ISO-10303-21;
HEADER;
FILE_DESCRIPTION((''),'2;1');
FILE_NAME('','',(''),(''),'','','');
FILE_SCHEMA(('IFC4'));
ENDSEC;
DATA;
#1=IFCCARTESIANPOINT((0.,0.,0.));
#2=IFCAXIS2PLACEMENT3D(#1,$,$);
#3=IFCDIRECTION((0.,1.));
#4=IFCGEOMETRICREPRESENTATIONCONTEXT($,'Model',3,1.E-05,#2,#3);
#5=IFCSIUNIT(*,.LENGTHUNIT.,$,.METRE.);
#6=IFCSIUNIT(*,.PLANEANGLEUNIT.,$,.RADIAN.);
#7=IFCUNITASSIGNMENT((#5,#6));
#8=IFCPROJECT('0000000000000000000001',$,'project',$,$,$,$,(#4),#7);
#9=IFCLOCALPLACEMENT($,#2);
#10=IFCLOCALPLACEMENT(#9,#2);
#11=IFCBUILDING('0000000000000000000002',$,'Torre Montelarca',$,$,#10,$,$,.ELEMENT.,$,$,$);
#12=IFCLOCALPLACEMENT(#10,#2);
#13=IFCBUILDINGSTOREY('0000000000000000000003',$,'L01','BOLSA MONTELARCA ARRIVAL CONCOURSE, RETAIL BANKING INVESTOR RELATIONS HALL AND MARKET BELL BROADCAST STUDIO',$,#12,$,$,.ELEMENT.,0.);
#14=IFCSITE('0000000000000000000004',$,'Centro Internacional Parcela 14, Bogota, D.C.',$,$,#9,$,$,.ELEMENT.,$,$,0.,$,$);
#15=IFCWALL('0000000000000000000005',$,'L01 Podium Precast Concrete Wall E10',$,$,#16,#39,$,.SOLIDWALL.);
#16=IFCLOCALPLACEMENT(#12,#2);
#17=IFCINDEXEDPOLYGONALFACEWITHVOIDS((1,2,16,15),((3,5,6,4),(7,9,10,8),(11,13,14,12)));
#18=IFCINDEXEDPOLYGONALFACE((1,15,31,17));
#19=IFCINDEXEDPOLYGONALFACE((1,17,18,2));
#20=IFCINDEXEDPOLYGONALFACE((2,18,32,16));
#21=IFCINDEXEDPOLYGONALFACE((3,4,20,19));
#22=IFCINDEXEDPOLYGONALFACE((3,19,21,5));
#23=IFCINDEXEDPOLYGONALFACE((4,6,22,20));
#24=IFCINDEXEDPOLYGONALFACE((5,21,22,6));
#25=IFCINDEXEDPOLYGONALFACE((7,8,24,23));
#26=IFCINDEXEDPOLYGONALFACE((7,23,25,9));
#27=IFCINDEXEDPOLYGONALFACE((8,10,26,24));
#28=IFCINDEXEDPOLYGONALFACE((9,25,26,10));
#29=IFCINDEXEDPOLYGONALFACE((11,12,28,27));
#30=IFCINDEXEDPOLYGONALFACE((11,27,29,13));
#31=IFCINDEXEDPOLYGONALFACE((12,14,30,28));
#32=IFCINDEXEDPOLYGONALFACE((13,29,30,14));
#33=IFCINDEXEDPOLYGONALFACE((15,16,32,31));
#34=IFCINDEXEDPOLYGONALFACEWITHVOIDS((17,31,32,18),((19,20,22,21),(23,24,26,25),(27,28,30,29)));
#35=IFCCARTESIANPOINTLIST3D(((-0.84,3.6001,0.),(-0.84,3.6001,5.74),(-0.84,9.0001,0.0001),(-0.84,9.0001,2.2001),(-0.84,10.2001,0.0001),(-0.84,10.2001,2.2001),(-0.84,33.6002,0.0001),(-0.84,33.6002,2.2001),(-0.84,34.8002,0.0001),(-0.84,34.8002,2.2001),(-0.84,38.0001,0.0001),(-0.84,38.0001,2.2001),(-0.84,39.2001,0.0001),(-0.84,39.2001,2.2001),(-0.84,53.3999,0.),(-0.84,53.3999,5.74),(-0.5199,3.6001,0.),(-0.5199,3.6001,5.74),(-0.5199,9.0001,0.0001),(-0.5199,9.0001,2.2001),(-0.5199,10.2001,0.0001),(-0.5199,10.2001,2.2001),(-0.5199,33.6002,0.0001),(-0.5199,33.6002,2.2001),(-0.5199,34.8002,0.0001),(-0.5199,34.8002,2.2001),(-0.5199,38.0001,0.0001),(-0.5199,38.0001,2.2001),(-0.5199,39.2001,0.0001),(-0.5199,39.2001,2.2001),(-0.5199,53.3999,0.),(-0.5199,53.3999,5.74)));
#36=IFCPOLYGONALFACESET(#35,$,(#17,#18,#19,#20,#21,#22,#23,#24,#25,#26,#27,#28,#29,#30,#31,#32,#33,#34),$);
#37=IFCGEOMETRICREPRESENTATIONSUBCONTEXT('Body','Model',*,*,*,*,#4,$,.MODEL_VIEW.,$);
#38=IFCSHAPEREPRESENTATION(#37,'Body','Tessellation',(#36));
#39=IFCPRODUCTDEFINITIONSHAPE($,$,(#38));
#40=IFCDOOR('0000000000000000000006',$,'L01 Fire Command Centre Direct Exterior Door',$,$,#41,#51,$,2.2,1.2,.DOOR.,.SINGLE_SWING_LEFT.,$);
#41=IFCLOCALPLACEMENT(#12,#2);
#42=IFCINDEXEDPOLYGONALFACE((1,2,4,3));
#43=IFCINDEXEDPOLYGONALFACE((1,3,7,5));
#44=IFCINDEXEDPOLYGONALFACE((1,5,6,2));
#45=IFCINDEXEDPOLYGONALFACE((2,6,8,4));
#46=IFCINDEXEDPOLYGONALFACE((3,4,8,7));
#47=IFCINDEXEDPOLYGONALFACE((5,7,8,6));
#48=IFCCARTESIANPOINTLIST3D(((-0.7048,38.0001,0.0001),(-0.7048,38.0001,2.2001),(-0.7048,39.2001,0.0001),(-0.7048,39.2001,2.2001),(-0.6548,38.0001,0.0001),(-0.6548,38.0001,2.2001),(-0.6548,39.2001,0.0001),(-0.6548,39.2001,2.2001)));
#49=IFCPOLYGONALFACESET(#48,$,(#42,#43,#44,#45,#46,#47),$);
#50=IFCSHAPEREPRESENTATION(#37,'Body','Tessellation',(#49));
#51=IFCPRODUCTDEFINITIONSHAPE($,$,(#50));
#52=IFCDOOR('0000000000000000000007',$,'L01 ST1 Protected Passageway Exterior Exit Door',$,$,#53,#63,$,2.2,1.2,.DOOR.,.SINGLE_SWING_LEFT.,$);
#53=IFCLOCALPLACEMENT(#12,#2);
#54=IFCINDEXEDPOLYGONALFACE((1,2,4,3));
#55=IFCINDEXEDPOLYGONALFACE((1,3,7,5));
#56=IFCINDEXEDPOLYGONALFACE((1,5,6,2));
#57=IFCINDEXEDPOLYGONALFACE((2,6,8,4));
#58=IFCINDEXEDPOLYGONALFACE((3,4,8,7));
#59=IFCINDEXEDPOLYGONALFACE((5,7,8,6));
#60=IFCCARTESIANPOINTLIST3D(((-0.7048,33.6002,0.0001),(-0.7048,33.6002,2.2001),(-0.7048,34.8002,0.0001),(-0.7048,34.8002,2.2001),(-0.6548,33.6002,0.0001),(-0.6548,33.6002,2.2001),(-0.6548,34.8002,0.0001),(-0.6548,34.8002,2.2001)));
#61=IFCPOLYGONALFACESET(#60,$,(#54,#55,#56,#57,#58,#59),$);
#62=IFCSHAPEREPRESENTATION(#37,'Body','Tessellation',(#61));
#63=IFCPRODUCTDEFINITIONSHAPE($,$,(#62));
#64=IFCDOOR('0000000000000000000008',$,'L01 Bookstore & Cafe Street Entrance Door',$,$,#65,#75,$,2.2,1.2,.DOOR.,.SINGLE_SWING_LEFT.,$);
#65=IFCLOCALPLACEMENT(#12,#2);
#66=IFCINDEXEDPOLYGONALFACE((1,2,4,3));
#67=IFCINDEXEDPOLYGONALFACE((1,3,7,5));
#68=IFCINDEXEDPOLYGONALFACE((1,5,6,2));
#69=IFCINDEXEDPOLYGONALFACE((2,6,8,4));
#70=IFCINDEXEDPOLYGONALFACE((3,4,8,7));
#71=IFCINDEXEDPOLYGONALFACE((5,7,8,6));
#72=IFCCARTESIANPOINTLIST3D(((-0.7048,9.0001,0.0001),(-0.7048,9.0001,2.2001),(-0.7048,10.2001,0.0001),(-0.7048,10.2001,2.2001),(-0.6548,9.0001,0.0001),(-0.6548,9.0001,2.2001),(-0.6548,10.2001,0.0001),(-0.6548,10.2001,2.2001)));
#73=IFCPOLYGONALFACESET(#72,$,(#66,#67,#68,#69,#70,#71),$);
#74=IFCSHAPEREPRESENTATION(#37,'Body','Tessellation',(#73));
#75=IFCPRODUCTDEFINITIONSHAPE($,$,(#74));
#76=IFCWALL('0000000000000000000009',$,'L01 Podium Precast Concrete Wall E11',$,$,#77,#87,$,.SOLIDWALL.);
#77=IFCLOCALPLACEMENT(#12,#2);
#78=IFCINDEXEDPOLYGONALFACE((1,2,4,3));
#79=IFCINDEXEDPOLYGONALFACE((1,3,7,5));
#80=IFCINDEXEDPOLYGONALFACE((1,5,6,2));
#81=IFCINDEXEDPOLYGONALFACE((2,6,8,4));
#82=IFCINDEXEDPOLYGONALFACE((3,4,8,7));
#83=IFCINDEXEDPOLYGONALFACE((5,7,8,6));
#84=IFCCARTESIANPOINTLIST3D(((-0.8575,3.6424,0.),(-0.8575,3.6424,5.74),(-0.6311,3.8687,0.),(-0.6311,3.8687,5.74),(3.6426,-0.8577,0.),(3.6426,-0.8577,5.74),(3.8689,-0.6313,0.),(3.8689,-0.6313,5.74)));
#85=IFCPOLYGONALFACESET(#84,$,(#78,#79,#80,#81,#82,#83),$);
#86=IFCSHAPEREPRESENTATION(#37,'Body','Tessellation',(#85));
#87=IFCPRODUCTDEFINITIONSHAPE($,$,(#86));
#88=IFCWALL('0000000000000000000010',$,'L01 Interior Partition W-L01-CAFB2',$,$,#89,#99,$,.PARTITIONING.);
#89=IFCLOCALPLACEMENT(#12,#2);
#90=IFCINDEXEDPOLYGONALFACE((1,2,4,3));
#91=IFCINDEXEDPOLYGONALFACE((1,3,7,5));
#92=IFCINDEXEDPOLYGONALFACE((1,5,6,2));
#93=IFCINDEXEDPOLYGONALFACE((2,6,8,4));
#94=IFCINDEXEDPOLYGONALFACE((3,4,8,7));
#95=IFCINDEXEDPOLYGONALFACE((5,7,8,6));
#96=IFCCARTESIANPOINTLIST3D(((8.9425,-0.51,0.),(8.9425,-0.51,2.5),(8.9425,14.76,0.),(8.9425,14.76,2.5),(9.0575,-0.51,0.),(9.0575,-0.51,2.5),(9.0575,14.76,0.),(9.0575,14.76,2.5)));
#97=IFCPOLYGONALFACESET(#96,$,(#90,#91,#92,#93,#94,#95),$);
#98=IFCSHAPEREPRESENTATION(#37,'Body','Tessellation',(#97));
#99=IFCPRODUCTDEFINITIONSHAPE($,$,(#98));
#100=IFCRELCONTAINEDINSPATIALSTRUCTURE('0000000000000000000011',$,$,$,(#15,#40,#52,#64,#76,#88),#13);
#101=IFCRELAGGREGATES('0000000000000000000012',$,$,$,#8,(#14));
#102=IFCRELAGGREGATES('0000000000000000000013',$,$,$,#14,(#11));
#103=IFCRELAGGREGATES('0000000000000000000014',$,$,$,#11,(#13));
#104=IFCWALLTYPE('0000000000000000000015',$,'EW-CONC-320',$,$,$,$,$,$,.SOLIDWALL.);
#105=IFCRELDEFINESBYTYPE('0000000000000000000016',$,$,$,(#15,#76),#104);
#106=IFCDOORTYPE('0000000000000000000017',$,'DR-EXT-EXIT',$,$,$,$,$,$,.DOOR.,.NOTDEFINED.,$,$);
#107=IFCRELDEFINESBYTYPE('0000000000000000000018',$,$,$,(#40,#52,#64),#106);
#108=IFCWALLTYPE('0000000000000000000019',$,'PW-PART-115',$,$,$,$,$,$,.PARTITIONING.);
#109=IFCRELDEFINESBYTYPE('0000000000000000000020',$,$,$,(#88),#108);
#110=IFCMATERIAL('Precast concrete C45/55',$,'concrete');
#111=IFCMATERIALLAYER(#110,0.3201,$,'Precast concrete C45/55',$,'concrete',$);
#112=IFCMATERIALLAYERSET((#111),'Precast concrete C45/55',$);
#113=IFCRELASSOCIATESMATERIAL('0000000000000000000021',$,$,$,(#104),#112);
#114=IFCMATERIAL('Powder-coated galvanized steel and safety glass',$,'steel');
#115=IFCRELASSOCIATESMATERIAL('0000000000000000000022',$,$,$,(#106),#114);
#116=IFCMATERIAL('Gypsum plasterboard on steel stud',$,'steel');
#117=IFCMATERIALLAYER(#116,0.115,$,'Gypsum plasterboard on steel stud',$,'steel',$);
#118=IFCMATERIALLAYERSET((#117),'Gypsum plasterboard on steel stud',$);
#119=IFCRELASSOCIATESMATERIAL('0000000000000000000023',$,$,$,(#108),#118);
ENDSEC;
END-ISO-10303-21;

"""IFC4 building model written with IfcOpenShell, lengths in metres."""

from ifc_helpers import new_model, si_unit, direction, frame, frame_2d, origin, place, context, subcontext, project, spatial, rectangle, extrude, source, transform, mapped, material, layer, layer_set, type_object, element, fill, save


model = new_model("IFC4")

# Units and contexts
model_context = context("Model", 3, precision=1e-05, world=origin(), true_north=direction((0.0, 1.0)))
body_context = subcontext(model_context, "Body", "Model", "MODEL_VIEW")
ifc_project = project(units=[si_unit("LENGTHUNIT", "METRE"), si_unit("PLANEANGLEUNIT", "RADIAN")], contexts=[model_context])

# Site, building, storey
site_placement = place(None, origin())
site = spatial("IfcSite", under=ifc_project, at=site_placement, Name="Centro Internacional Parcela 14, Bogota, D.C.", CompositionType="ELEMENT", RefElevation=0.0)
building_placement = place(site_placement, origin())
building = spatial("IfcBuilding", under=site, at=building_placement, Name="Torre Montelarca", CompositionType="ELEMENT")
storey_placement = place(building_placement, origin())
storey = spatial("IfcBuildingStorey", under=building, at=storey_placement, Name="L01", Description="BOLSA MONTELARCA ARRIVAL CONCOURSE, RETAIL BANKING INVESTOR RELATIONS HALL AND MARKET BELL BROADCAST STUDIO", CompositionType="ELEMENT", Elevation=0.0)

# Wall, openings, doors
ifc_material_1 = material(Name="Precast concrete C45/55", Category="concrete")
ifc_layer_1 = layer(ifc_material_1, 0.3201, Name="Precast concrete C45/55", Category="concrete")
ifc_layer_set_1 = layer_set([ifc_layer_1], Name="Precast concrete C45/55")
wall_type_1 = type_object("IfcWallType", Name="EW-CONC-320", PredefinedType="SOLIDWALL", material=ifc_layer_set_1)
wall_1_placement = place(storey_placement, frame((-0.6799, 3.6001, 0.0), z_axis=(0.0, 0.0, 1.0), x_axis=(0.0, 1.0, 0.0)))
wall_1 = element("IfcWall", 1, at=wall_1_placement, inside=storey, type_object=wall_type_1, Name="L01 Podium Precast Concrete Wall E10", PredefinedType="SOLIDWALL", context=body_context, shape_type="SweptSolid", body=[
    extrude(rectangle(XDim=49.7998, YDim=0.3201, at=frame_2d((24.8999, 0.0))), origin(), (0.0, 0.0, 1.0), 5.74),
])
opening_1_placement = place(wall_1_placement, frame((34.3999, 0.0, 0.0)))
opening_1 = element("IfcOpeningElement", 2, at=opening_1_placement, cuts=wall_1, PredefinedType="OPENING", context=body_context, shape_type="SweptSolid", body=[
    extrude(rectangle(XDim=1.2, YDim=2.2, at=frame_2d((0.6001, 1.1001))), frame((0.0, 0.1699, 0.0), z_axis=(0.0, -1.0, 0.0), x_axis=(1.0, 0.0, 0.0)), (0.0, 0.0, 1.0), 0.3401),
])
opening_2_placement = place(wall_1_placement, frame((30.0, 0.0, 0.0)))
opening_2 = element("IfcOpeningElement", 3, at=opening_2_placement, cuts=wall_1, PredefinedType="OPENING", context=body_context, shape_type="SweptSolid", body=[
    extrude(rectangle(XDim=1.2, YDim=2.2, at=frame_2d((0.6001, 1.1001))), frame((0.0, 0.1699, 0.0), z_axis=(0.0, -1.0, 0.0), x_axis=(1.0, 0.0, 0.0)), (0.0, 0.0, 1.0), 0.3401),
])
opening_3_placement = place(wall_1_placement, frame((5.3999, 0.0, 0.0)))
opening_3 = element("IfcOpeningElement", 4, at=opening_3_placement, cuts=wall_1, PredefinedType="OPENING", context=body_context, shape_type="SweptSolid", body=[
    extrude(rectangle(XDim=1.2, YDim=2.2, at=frame_2d((0.6001, 1.1001))), frame((0.0, 0.1699, 0.0), z_axis=(0.0, -1.0, 0.0), x_axis=(1.0, 0.0, 0.0)), (0.0, 0.0, 1.0), 0.3401),
])
ifc_material_2 = material(Name="Powder-coated galvanized steel and safety glass", Category="steel")
door_type = type_object("IfcDoorType", Name="DR-EXT-EXIT", OperationType="NOTDEFINED", PredefinedType="DOOR", material=ifc_material_2)
shared_shape_1 = source(origin(), body_context, "Body", "SweptSolid", [
    extrude(rectangle(XDim=1.2, YDim=2.2, at=frame_2d((0.6001, 1.1001))), frame((0.0, 0.0249, 0.0), z_axis=(0.0, -1.0, 0.0), x_axis=(1.0, 0.0, 0.0)), (0.0, 0.0, 1.0), 0.05),
])
door_1_placement = place(opening_1_placement, origin())
door_1 = element("IfcDoor", 5, at=door_1_placement, inside=storey, type_object=door_type, Name="L01 Fire Command Centre Direct Exterior Door", OperationType="SINGLE_SWING_LEFT", OverallHeight=2.2, OverallWidth=1.2, PredefinedType="DOOR", context=body_context, shape_type="MappedRepresentation", body=[
    mapped(shared_shape_1, transform((0.0, 0.0, 0.0), scale=1.0)),
])
fill(opening_1, door_1)
door_2_placement = place(opening_2_placement, origin())
door_2 = element("IfcDoor", 6, at=door_2_placement, inside=storey, type_object=door_type, Name="L01 ST1 Protected Passageway Exterior Exit Door", OperationType="SINGLE_SWING_LEFT", OverallHeight=2.2, OverallWidth=1.2, PredefinedType="DOOR", context=body_context, shape_type="MappedRepresentation", body=[
    mapped(shared_shape_1, transform((0.0, 0.0, 0.0), scale=1.0)),
])
fill(opening_2, door_2)
door_3_placement = place(opening_3_placement, origin())
door_3 = element("IfcDoor", 7, at=door_3_placement, inside=storey, type_object=door_type, Name="L01 Bookstore & Cafe Street Entrance Door", OperationType="SINGLE_SWING_LEFT", OverallHeight=2.2, OverallWidth=1.2, PredefinedType="DOOR", context=body_context, shape_type="MappedRepresentation", body=[
    mapped(shared_shape_1, transform((0.0, 0.0, 0.0), scale=1.0)),
])
fill(opening_3, door_3)

# Walls
wall_2_placement = place(storey_placement, frame((-0.7444, 3.7556, 0.0), z_axis=(0.0, 0.0, 1.0), x_axis=(0.707107, -0.707107, 0.0)))
element("IfcWall", 8, at=wall_2_placement, inside=storey, type_object=wall_type_1, Name="L01 Podium Precast Concrete Wall E11", PredefinedType="SOLIDWALL", context=body_context, shape_type="SweptSolid", body=[
    extrude(rectangle(XDim=6.364, YDim=0.3201, at=frame_2d((3.1821, 0.0))), origin(), (0.0, 0.0, 1.0), 5.74),
])
ifc_material_3 = material(Name="Gypsum plasterboard on steel stud", Category="steel")
ifc_layer_2 = layer(ifc_material_3, 0.115, Name="Gypsum plasterboard on steel stud", Category="steel")
ifc_layer_set_2 = layer_set([ifc_layer_2], Name="Gypsum plasterboard on steel stud")
wall_type_2 = type_object("IfcWallType", Name="PW-PART-115", PredefinedType="PARTITIONING", material=ifc_layer_set_2)
wall_3_placement = place(storey_placement, frame((9.0, -0.51, 0.0), z_axis=(0.0, 0.0, 1.0), x_axis=(0.0, 1.0, 0.0)))
element("IfcWall", 9, at=wall_3_placement, inside=storey, type_object=wall_type_2, Name="L01 Interior Partition W-L01-CAFB2", PredefinedType="PARTITIONING", context=body_context, shape_type="SweptSolid", body=[
    extrude(rectangle(XDim=15.27, YDim=0.115, at=frame_2d((7.635, 0.0))), origin(), (0.0, 0.0, 1.0), 2.5),
])

save(model, "model.ifc")
